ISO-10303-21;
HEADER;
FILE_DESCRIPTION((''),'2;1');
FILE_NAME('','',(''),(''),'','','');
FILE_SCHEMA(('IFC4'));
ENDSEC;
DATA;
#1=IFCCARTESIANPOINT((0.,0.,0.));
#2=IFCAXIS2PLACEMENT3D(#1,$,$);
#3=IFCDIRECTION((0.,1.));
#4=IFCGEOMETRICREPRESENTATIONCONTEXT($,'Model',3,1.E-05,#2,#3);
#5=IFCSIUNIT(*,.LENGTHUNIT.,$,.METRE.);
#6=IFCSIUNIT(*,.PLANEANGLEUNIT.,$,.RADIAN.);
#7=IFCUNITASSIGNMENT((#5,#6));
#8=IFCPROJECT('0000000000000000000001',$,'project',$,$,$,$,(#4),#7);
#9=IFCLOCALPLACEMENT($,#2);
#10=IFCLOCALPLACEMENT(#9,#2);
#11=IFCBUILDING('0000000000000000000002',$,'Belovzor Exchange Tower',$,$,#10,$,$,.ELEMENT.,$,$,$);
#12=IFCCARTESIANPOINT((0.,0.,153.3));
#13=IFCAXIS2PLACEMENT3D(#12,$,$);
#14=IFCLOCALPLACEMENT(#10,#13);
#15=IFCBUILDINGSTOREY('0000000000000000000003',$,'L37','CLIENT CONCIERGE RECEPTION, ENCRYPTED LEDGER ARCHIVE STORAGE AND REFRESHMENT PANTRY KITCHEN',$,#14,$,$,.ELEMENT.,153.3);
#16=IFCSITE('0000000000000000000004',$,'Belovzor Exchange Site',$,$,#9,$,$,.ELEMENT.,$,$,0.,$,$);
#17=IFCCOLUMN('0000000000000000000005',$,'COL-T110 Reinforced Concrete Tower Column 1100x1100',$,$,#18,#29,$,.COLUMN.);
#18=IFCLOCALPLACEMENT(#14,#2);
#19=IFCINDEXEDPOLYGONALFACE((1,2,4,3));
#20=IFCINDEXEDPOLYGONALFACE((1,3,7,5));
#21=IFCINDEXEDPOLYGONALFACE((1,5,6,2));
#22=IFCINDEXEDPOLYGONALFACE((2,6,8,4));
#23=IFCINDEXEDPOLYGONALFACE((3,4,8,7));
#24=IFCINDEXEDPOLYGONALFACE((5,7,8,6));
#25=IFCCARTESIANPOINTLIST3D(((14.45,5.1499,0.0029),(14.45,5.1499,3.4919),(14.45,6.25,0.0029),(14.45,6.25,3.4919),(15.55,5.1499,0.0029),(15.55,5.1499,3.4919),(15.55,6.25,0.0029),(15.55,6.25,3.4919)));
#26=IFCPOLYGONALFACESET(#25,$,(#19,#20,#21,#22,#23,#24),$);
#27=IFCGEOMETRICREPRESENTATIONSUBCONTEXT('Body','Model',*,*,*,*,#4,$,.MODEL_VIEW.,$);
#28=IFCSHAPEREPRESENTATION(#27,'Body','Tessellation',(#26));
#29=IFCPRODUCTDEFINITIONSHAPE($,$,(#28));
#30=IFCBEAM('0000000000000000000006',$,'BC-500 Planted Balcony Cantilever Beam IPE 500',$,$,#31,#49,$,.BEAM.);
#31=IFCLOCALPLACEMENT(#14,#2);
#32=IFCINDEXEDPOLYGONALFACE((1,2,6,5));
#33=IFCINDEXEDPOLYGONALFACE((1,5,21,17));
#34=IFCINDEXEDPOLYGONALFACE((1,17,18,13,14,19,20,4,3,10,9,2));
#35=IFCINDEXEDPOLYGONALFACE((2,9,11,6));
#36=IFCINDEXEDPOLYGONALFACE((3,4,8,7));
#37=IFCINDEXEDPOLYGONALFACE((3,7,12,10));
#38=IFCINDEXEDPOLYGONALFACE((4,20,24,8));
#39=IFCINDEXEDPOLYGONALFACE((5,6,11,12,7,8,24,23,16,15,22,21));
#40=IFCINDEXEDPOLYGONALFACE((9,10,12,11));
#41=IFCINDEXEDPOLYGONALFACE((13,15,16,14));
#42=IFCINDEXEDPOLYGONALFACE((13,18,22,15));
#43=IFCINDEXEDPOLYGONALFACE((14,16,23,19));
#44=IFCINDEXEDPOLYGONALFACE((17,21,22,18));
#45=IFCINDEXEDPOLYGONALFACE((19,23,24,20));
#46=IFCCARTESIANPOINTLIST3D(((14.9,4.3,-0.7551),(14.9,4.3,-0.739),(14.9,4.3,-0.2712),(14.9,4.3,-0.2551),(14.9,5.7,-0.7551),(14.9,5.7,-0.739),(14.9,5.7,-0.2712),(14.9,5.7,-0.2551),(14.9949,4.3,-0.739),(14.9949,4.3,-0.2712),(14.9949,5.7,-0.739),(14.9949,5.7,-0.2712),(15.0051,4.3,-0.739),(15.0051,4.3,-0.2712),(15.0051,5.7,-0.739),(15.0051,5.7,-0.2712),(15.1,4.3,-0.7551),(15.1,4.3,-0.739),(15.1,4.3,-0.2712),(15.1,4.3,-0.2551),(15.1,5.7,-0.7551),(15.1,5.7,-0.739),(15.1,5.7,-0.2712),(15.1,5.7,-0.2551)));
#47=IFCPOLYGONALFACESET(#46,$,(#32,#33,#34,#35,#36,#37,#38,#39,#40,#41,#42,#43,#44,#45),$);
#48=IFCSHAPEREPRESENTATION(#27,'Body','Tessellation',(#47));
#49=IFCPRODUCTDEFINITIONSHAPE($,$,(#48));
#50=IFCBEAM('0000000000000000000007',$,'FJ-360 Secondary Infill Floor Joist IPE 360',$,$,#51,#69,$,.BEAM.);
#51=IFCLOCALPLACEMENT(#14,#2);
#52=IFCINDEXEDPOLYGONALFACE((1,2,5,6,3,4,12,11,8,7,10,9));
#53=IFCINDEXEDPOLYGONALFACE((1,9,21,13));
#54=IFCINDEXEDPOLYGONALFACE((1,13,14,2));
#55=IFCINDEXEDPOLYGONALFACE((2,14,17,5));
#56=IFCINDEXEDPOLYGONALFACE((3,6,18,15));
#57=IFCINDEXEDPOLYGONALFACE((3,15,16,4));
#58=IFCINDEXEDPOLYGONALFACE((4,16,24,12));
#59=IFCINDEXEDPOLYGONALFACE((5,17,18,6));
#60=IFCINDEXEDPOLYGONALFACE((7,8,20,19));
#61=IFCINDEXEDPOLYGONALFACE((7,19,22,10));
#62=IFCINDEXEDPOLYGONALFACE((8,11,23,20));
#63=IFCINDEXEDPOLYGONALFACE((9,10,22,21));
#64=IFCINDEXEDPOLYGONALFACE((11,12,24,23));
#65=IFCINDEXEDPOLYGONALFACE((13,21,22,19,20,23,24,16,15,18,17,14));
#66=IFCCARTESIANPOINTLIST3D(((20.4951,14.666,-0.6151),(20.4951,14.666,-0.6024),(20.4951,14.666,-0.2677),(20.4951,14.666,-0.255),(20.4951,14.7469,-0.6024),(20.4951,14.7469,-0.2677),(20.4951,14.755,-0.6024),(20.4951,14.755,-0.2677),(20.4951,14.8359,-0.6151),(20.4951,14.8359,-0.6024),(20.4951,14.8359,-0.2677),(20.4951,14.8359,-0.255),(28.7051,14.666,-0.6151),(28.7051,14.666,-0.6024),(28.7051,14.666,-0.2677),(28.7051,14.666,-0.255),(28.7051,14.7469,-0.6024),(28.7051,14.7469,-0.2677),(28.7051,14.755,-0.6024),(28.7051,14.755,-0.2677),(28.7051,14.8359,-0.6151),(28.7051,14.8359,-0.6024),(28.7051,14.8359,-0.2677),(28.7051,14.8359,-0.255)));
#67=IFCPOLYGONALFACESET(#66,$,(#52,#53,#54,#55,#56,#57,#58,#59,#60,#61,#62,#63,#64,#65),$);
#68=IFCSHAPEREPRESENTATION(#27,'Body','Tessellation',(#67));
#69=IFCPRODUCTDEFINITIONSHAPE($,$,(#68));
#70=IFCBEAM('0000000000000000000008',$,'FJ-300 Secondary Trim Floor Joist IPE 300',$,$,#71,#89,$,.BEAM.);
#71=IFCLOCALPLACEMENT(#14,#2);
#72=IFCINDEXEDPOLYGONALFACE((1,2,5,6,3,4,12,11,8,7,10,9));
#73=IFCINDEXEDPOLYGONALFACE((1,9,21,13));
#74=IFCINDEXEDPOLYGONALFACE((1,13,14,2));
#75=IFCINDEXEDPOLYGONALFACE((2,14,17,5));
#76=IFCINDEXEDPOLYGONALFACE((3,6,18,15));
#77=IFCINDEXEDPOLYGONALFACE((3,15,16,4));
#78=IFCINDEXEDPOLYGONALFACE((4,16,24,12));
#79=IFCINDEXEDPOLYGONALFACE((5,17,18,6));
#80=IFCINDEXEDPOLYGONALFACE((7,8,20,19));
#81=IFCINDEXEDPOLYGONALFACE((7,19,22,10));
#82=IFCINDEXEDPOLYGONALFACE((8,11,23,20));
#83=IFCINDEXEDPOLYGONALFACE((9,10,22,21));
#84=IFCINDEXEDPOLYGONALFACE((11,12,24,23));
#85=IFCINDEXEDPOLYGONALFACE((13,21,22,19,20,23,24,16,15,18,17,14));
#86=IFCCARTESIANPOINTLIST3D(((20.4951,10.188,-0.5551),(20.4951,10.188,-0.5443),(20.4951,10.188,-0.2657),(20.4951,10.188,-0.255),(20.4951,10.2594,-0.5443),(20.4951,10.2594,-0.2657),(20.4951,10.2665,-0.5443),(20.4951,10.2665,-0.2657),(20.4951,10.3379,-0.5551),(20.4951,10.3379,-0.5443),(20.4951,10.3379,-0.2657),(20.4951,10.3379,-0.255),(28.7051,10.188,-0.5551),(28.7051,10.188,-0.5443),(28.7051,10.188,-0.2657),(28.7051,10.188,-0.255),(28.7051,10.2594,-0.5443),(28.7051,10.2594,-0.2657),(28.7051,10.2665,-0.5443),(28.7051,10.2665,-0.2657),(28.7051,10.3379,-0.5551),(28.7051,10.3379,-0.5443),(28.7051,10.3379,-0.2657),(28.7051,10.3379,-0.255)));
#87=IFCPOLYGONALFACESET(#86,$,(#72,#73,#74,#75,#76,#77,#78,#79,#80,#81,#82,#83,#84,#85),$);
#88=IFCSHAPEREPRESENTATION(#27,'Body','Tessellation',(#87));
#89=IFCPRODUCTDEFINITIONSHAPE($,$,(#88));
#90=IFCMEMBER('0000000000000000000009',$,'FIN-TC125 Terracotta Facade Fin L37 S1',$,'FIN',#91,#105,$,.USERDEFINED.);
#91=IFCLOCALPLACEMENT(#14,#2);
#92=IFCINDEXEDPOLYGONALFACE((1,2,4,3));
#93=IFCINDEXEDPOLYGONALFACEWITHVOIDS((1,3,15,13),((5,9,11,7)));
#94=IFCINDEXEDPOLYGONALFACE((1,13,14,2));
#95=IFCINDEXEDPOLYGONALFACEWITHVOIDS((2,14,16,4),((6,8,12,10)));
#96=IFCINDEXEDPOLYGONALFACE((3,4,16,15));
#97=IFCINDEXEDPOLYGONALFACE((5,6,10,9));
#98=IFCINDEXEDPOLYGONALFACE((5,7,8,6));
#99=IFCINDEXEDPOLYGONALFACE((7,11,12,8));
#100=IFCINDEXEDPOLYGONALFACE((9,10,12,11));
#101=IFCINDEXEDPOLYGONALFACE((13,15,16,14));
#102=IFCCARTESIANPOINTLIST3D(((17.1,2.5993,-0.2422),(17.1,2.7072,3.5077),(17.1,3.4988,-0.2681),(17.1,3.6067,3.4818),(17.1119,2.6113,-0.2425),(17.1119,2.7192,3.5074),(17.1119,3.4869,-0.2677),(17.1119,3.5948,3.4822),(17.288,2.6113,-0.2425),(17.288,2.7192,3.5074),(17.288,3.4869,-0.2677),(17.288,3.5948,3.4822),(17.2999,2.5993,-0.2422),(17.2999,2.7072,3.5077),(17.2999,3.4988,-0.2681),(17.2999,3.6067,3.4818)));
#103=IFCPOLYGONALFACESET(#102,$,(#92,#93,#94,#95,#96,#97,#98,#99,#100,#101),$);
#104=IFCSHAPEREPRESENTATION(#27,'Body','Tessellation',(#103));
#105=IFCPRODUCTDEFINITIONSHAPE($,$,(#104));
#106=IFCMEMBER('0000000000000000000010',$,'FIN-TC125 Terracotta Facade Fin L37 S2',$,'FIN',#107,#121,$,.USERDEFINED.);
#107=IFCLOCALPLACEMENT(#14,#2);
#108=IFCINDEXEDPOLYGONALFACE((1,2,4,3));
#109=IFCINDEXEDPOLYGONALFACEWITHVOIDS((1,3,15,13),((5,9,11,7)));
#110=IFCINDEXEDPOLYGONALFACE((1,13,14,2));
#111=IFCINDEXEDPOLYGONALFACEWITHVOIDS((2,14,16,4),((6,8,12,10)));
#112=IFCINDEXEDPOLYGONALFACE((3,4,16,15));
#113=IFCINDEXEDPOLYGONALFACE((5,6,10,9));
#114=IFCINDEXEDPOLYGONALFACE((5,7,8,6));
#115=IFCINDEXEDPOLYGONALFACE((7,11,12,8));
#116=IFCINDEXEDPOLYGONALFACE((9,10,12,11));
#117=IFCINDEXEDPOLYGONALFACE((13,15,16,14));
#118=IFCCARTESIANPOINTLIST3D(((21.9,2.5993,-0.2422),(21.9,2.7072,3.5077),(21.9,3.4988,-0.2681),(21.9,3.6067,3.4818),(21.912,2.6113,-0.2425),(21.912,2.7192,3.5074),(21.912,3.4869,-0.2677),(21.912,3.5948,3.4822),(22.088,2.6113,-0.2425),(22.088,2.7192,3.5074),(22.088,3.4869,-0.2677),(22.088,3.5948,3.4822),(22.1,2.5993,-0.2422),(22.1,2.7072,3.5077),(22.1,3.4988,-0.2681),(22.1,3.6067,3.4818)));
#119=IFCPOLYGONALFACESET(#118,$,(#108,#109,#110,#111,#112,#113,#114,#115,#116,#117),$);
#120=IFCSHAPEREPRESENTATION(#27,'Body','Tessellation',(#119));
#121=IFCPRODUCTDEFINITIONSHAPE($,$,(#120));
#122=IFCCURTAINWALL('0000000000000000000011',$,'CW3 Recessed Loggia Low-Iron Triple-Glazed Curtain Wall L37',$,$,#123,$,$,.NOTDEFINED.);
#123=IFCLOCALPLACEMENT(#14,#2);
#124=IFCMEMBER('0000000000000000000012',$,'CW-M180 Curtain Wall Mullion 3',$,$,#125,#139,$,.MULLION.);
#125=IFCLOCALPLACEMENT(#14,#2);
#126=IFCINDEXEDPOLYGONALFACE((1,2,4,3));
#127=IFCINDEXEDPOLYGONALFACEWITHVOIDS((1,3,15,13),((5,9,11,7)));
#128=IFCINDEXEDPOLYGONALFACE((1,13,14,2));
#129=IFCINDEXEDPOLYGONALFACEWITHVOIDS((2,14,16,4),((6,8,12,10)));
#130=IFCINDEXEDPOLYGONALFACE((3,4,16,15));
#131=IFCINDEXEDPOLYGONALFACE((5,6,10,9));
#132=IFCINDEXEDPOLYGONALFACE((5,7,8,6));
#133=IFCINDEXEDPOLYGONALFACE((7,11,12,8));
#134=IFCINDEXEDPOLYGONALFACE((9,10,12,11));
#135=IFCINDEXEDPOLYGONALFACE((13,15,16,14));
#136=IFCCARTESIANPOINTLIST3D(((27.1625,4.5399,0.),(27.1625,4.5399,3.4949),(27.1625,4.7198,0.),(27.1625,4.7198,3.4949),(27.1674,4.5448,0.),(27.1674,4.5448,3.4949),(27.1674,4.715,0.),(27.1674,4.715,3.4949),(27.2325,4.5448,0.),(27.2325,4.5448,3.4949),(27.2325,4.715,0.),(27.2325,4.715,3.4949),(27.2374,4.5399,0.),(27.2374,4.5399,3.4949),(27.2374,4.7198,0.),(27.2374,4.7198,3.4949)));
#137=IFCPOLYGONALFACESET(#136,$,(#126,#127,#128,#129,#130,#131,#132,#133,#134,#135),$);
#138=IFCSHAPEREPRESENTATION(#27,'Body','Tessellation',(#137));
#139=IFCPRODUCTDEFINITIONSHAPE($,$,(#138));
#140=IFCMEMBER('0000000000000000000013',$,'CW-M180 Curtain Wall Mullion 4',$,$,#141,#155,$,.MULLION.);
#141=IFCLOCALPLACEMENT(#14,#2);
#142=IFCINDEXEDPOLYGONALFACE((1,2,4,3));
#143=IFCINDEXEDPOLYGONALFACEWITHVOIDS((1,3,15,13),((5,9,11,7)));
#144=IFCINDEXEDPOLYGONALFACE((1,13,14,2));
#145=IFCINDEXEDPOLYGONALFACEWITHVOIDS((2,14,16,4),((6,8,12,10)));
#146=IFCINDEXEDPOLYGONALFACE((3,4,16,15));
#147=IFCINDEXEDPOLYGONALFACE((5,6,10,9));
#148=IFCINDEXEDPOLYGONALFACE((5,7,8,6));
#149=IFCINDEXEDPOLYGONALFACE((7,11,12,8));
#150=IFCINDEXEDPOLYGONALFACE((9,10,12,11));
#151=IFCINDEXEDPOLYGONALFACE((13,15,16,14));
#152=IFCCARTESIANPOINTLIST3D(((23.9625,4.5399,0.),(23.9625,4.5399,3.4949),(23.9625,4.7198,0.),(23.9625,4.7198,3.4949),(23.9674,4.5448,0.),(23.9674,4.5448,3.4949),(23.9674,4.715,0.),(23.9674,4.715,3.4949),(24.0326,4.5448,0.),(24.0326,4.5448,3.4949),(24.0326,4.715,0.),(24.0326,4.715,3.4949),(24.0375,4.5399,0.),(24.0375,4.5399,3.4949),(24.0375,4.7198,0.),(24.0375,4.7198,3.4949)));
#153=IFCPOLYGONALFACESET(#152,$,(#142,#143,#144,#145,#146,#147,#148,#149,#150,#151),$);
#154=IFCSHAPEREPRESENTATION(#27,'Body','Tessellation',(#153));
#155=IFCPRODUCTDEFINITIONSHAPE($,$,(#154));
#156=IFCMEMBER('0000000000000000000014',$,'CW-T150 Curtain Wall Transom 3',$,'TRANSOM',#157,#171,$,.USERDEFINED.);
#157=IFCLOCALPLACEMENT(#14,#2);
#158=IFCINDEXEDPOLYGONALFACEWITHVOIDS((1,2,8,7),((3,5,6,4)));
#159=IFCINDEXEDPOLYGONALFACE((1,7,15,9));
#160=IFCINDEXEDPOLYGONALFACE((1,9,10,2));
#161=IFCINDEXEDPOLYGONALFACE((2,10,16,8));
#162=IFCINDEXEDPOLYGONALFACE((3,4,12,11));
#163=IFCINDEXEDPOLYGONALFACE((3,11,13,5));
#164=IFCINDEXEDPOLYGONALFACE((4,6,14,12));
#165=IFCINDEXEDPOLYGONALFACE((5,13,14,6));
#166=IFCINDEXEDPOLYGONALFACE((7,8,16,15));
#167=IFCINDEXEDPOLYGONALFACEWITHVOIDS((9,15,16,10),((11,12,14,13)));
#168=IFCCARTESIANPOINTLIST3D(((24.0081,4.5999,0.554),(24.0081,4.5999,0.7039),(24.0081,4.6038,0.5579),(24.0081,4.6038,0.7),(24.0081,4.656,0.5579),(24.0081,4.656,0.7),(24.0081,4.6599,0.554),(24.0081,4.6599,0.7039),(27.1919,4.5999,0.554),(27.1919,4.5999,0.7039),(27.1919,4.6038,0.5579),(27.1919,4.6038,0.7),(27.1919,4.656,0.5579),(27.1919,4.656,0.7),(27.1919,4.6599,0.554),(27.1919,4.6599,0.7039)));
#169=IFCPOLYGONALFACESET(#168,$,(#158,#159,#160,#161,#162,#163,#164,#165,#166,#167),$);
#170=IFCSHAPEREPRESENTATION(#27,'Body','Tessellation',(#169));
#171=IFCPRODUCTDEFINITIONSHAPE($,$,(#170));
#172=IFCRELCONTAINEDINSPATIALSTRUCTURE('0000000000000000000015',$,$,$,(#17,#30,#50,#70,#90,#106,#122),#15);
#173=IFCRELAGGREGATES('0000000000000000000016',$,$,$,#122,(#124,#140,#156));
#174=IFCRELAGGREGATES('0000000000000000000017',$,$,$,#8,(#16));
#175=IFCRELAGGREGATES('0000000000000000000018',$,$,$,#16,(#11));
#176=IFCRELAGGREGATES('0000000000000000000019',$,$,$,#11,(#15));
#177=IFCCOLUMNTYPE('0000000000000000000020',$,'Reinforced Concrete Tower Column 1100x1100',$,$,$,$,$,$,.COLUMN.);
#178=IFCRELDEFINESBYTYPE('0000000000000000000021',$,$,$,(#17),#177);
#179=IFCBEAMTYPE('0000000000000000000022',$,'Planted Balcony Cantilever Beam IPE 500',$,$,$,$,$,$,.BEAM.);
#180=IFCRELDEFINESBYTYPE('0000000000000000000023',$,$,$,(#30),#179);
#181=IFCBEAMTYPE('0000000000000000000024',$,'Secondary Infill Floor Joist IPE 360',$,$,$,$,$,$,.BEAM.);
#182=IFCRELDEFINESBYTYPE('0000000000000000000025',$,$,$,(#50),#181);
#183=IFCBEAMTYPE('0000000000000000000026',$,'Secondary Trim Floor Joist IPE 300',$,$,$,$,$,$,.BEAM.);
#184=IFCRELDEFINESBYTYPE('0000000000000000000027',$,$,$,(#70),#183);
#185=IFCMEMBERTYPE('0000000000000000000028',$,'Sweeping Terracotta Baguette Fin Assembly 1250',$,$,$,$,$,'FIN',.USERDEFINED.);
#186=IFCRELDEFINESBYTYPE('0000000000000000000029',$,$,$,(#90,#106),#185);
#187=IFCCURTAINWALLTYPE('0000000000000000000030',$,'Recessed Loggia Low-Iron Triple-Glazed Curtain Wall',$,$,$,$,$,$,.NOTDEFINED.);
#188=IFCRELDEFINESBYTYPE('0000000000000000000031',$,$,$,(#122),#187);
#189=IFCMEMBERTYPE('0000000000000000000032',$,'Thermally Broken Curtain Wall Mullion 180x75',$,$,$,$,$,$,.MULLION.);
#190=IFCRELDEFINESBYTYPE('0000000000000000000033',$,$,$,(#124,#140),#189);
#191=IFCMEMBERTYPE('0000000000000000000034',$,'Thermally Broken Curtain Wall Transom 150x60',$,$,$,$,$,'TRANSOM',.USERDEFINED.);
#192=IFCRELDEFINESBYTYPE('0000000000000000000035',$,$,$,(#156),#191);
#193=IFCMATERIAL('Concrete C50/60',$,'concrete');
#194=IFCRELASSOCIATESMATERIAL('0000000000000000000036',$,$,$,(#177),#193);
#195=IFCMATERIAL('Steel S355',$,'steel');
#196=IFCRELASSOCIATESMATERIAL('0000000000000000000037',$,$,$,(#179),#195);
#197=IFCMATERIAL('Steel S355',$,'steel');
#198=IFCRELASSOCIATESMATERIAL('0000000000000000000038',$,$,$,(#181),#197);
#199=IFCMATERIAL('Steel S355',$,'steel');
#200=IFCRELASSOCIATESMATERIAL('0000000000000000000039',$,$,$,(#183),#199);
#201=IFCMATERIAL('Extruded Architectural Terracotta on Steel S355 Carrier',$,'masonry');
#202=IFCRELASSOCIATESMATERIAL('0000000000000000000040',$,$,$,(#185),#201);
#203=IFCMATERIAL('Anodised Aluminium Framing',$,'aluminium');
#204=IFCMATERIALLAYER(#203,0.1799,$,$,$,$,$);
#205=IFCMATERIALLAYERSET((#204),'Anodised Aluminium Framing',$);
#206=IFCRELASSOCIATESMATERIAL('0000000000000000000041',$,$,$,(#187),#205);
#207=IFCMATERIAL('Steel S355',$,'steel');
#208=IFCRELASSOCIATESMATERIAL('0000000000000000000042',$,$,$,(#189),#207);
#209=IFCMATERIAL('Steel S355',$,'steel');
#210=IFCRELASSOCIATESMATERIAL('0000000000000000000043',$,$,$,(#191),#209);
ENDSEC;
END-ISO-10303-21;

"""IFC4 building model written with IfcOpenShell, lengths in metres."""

from ifc_helpers import new_model, si_unit, direction, frame, origin, origin_2d, place, context, subcontext, project, spatial, rectangle, hollow_rectangle, i_section, extrude, material, layer, layer_set, material_profile, profile_set, type_object, element, aggregate, save


model = new_model("IFC4")

# Units and contexts
model_context = context("Model", 3, precision=1e-05, world=origin(), true_north=direction((0.0, 1.0)))
body_context = subcontext(model_context, "Body", "Model", "MODEL_VIEW")
ifc_project = project(units=[si_unit("LENGTHUNIT", "METRE"), si_unit("PLANEANGLEUNIT", "RADIAN")], contexts=[model_context])

# Site, building, storey
site_placement = place(None, origin())
site = spatial("IfcSite", under=ifc_project, at=site_placement, Name="Belovzor Exchange Site", CompositionType="ELEMENT", RefElevation=0.0)
building_placement = place(site_placement, origin())
building = spatial("IfcBuilding", under=site, at=building_placement, Name="Belovzor Exchange Tower", CompositionType="ELEMENT")
storey_placement = place(building_placement, frame((0.0, 0.0, 153.3)))
storey = spatial("IfcBuildingStorey", under=building, at=storey_placement, Name="L37", Description="CLIENT CONCIERGE RECEPTION, ENCRYPTED LEDGER ARCHIVE STORAGE AND REFRESHMENT PANTRY KITCHEN", CompositionType="ELEMENT", Elevation=153.3)

# Column
ifc_material_1 = material(Name="Concrete C50/60", Category="concrete")
ifc_material_profile_1 = material_profile(ifc_material_1, rectangle(XDim=1.1001, YDim=1.1001, at=origin_2d()))
ifc_profile_set_1 = profile_set([ifc_material_profile_1], Name="Concrete C50/60")
column_type = type_object("IfcColumnType", Name="Reinforced Concrete Tower Column 1100x1100", PredefinedType="COLUMN", material=ifc_profile_set_1)
column_placement = place(storey_placement, frame((15.0, 5.7, 0.0029), z_axis=(0.0, 0.0, 1.0), x_axis=(1.0, 0.0, 0.0)))
element("IfcColumn", 1, at=column_placement, inside=storey, type_object=column_type, Name="COL-T110 Reinforced Concrete Tower Column 1100x1100", PredefinedType="COLUMN", context=body_context, shape_type="SweptSolid", body=[
    extrude(rectangle(XDim=1.1001, YDim=1.1001, at=origin_2d()), origin(), (0.0, 0.0, 1.0), 3.489),
])

# Beams
ifc_material_2 = material(Name="Steel S355", Category="steel")
ifc_material_profile_2 = material_profile(ifc_material_2, i_section(OverallWidth=0.2, OverallDepth=0.5, WebThickness=0.0103, FlangeThickness=0.0161, at=origin_2d()))
ifc_profile_set_2 = profile_set([ifc_material_profile_2], Name="Steel S355")
beam_type_1 = type_object("IfcBeamType", Name="Planted Balcony Cantilever Beam IPE 500", PredefinedType="BEAM", material=ifc_profile_set_2)
beam_1_placement = place(storey_placement, frame((15.0, 5.7, -0.5051), z_axis=(0.0, -1.0, 0.0), x_axis=(1.0, 0.0, 0.0)))
element("IfcBeam", 2, at=beam_1_placement, inside=storey, type_object=beam_type_1, Name="BC-500 Planted Balcony Cantilever Beam IPE 500", PredefinedType="BEAM", context=body_context, shape_type="SweptSolid", body=[
    extrude(i_section(OverallWidth=0.2, OverallDepth=0.5, WebThickness=0.0103, FlangeThickness=0.0161, at=origin_2d()), origin(), (0.0, 0.0, 1.0), 1.3999),
])
ifc_material_3 = material(Name="Steel S355", Category="steel")
ifc_material_profile_3 = material_profile(ifc_material_3, i_section(OverallWidth=0.1699, OverallDepth=0.3601, WebThickness=0.0081, FlangeThickness=0.0127, at=origin_2d()))
ifc_profile_set_3 = profile_set([ifc_material_profile_3], Name="Steel S355")
beam_type_2 = type_object("IfcBeamType", Name="Secondary Infill Floor Joist IPE 360", PredefinedType="BEAM", material=ifc_profile_set_3)
beam_2_placement = place(storey_placement, frame((20.4951, 14.751, -0.4351), z_axis=(1.0, 0.0, 0.0), x_axis=(0.0, 1.0, 0.0)))
element("IfcBeam", 3, at=beam_2_placement, inside=storey, type_object=beam_type_2, Name="FJ-360 Secondary Infill Floor Joist IPE 360", PredefinedType="BEAM", context=body_context, shape_type="SweptSolid", body=[
    extrude(i_section(OverallWidth=0.1699, OverallDepth=0.3601, WebThickness=0.0081, FlangeThickness=0.0127, at=origin_2d()), origin(), (0.0, 0.0, 1.0), 8.21),
])
ifc_material_4 = material(Name="Steel S355", Category="steel")
ifc_material_profile_4 = material_profile(ifc_material_4, i_section(OverallWidth=0.1499, OverallDepth=0.3, WebThickness=0.0071, FlangeThickness=0.0107, at=origin_2d()))
ifc_profile_set_4 = profile_set([ifc_material_profile_4], Name="Steel S355")
beam_type_3 = type_object("IfcBeamType", Name="Secondary Trim Floor Joist IPE 300", PredefinedType="BEAM", material=ifc_profile_set_4)
beam_3_placement = place(storey_placement, frame((20.4951, 10.2629, -0.405), z_axis=(1.0, 0.0, 0.0), x_axis=(0.0, 1.0, 0.0)))
element("IfcBeam", 4, at=beam_3_placement, inside=storey, type_object=beam_type_3, Name="FJ-300 Secondary Trim Floor Joist IPE 300", PredefinedType="BEAM", context=body_context, shape_type="SweptSolid", body=[
    extrude(i_section(OverallWidth=0.1499, OverallDepth=0.3, WebThickness=0.0071, FlangeThickness=0.0107, at=origin_2d()), origin(), (0.0, 0.0, 1.0), 8.21),
])

# Members
ifc_material_5 = material(Name="Extruded Architectural Terracotta on Steel S355 Carrier", Category="masonry")
ifc_material_profile_5 = material_profile(ifc_material_5, hollow_rectangle(XDim=0.2, YDim=0.8999, WallThickness=0.012, at=origin_2d()))
ifc_profile_set_5 = profile_set([ifc_material_profile_5], Name="Extruded Architectural Terracotta on Steel S355 Carrier")
member_type_1 = type_object("IfcMemberType", Name="Sweeping Terracotta Baguette Fin Assembly 1250", ElementType="FIN", PredefinedType="USERDEFINED", material=ifc_profile_set_5)
for number, where, z_axis, x_axis, name in (
    (5, (17.2, 3.0491, -0.2551), (0.0, 0.028764, 0.999586), (-1.0, 0.0, 0.0), "FIN-TC125 Terracotta Facade Fin L37 S1"),
    (6, (22.0, 3.0491, -0.2551), (0.0, 0.028764, 0.999586), (-1.0, 0.0, 0.0), "FIN-TC125 Terracotta Facade Fin L37 S2"),
):
    element("IfcMember", number, at=place(storey_placement, frame(where, z_axis=z_axis, x_axis=x_axis)), inside=storey, type_object=member_type_1, Name=name, ObjectType="FIN", PredefinedType="USERDEFINED", context=body_context, shape_type="SweptSolid", body=[
        extrude(hollow_rectangle(XDim=0.2, YDim=0.8999, WallThickness=0.012, at=origin_2d()), origin(), (0.0, 0.0, 1.0), 3.7515),
    ])

# Curtain wall, members
ifc_material_6 = material(Name="Anodised Aluminium Framing", Category="aluminium")
ifc_layer_1 = layer(ifc_material_6, 0.1799)
ifc_layer_set_1 = layer_set([ifc_layer_1], Name="Anodised Aluminium Framing")
curtain_wall_type = type_object("IfcCurtainWallType", Name="Recessed Loggia Low-Iron Triple-Glazed Curtain Wall", PredefinedType="NOTDEFINED", material=ifc_layer_set_1)
curtain_wall_placement = place(storey_placement, origin())
curtain_wall = element("IfcCurtainWall", 7, at=curtain_wall_placement, inside=storey, type_object=curtain_wall_type, Name="CW3 Recessed Loggia Low-Iron Triple-Glazed Curtain Wall L37", PredefinedType="NOTDEFINED")
ifc_material_7 = material(Name="Steel S355", Category="steel")
ifc_material_profile_6 = material_profile(ifc_material_7, hollow_rectangle(XDim=0.075, YDim=0.1799, WallThickness=0.0049, at=origin_2d()))
ifc_profile_set_6 = profile_set([ifc_material_profile_6], Name="Steel S355")
member_type_2 = type_object("IfcMemberType", Name="Thermally Broken Curtain Wall Mullion 180x75", PredefinedType="MULLION", material=ifc_profile_set_6)
member_1_placement = place(storey_placement, frame((27.2, 4.6299, 0.0), z_axis=(0.0, 0.0, 1.0), x_axis=(-1.0, 0.0, 0.0)))
member_1 = element("IfcMember", 8, at=member_1_placement, type_object=member_type_2, Name="CW-M180 Curtain Wall Mullion 3", PredefinedType="MULLION", context=body_context, shape_type="SweptSolid", body=[
    extrude(hollow_rectangle(XDim=0.075, YDim=0.1799, WallThickness=0.0049, at=origin_2d()), origin(), (0.0, 0.0, 1.0), 3.4949),
])
member_2_placement = place(storey_placement, frame((24.0, 4.6299, 0.0), z_axis=(0.0, 0.0, 1.0), x_axis=(-1.0, 0.0, 0.0)))
member_2 = element("IfcMember", 9, at=member_2_placement, type_object=member_type_2, Name="CW-M180 Curtain Wall Mullion 4", PredefinedType="MULLION", context=body_context, shape_type="SweptSolid", body=[
    extrude(hollow_rectangle(XDim=0.075, YDim=0.1799, WallThickness=0.0049, at=origin_2d()), origin(), (0.0, 0.0, 1.0), 3.4949),
])
ifc_material_8 = material(Name="Steel S355", Category="steel")
ifc_material_profile_7 = material_profile(ifc_material_8, hollow_rectangle(XDim=0.0601, YDim=0.1499, WallThickness=0.0039, at=origin_2d()))
ifc_profile_set_7 = profile_set([ifc_material_profile_7], Name="Steel S355")
member_type_3 = type_object("IfcMemberType", Name="Thermally Broken Curtain Wall Transom 150x60", ElementType="TRANSOM", PredefinedType="USERDEFINED", material=ifc_profile_set_7)
member_3_placement = place(storey_placement, frame((27.1919, 4.6299, 0.6289), z_axis=(-1.0, 0.0, 0.0), x_axis=(0.0, -1.0, 0.0)))
member_3 = element("IfcMember", 10, at=member_3_placement, type_object=member_type_3, Name="CW-T150 Curtain Wall Transom 3", ObjectType="TRANSOM", PredefinedType="USERDEFINED", context=body_context, shape_type="SweptSolid", body=[
    extrude(hollow_rectangle(XDim=0.0601, YDim=0.1499, WallThickness=0.0039, at=origin_2d()), origin(), (0.0, 0.0, 1.0), 3.1838),
])

aggregate(curtain_wall, [member_1, member_2, member_3])

save(model, "model.ifc")
